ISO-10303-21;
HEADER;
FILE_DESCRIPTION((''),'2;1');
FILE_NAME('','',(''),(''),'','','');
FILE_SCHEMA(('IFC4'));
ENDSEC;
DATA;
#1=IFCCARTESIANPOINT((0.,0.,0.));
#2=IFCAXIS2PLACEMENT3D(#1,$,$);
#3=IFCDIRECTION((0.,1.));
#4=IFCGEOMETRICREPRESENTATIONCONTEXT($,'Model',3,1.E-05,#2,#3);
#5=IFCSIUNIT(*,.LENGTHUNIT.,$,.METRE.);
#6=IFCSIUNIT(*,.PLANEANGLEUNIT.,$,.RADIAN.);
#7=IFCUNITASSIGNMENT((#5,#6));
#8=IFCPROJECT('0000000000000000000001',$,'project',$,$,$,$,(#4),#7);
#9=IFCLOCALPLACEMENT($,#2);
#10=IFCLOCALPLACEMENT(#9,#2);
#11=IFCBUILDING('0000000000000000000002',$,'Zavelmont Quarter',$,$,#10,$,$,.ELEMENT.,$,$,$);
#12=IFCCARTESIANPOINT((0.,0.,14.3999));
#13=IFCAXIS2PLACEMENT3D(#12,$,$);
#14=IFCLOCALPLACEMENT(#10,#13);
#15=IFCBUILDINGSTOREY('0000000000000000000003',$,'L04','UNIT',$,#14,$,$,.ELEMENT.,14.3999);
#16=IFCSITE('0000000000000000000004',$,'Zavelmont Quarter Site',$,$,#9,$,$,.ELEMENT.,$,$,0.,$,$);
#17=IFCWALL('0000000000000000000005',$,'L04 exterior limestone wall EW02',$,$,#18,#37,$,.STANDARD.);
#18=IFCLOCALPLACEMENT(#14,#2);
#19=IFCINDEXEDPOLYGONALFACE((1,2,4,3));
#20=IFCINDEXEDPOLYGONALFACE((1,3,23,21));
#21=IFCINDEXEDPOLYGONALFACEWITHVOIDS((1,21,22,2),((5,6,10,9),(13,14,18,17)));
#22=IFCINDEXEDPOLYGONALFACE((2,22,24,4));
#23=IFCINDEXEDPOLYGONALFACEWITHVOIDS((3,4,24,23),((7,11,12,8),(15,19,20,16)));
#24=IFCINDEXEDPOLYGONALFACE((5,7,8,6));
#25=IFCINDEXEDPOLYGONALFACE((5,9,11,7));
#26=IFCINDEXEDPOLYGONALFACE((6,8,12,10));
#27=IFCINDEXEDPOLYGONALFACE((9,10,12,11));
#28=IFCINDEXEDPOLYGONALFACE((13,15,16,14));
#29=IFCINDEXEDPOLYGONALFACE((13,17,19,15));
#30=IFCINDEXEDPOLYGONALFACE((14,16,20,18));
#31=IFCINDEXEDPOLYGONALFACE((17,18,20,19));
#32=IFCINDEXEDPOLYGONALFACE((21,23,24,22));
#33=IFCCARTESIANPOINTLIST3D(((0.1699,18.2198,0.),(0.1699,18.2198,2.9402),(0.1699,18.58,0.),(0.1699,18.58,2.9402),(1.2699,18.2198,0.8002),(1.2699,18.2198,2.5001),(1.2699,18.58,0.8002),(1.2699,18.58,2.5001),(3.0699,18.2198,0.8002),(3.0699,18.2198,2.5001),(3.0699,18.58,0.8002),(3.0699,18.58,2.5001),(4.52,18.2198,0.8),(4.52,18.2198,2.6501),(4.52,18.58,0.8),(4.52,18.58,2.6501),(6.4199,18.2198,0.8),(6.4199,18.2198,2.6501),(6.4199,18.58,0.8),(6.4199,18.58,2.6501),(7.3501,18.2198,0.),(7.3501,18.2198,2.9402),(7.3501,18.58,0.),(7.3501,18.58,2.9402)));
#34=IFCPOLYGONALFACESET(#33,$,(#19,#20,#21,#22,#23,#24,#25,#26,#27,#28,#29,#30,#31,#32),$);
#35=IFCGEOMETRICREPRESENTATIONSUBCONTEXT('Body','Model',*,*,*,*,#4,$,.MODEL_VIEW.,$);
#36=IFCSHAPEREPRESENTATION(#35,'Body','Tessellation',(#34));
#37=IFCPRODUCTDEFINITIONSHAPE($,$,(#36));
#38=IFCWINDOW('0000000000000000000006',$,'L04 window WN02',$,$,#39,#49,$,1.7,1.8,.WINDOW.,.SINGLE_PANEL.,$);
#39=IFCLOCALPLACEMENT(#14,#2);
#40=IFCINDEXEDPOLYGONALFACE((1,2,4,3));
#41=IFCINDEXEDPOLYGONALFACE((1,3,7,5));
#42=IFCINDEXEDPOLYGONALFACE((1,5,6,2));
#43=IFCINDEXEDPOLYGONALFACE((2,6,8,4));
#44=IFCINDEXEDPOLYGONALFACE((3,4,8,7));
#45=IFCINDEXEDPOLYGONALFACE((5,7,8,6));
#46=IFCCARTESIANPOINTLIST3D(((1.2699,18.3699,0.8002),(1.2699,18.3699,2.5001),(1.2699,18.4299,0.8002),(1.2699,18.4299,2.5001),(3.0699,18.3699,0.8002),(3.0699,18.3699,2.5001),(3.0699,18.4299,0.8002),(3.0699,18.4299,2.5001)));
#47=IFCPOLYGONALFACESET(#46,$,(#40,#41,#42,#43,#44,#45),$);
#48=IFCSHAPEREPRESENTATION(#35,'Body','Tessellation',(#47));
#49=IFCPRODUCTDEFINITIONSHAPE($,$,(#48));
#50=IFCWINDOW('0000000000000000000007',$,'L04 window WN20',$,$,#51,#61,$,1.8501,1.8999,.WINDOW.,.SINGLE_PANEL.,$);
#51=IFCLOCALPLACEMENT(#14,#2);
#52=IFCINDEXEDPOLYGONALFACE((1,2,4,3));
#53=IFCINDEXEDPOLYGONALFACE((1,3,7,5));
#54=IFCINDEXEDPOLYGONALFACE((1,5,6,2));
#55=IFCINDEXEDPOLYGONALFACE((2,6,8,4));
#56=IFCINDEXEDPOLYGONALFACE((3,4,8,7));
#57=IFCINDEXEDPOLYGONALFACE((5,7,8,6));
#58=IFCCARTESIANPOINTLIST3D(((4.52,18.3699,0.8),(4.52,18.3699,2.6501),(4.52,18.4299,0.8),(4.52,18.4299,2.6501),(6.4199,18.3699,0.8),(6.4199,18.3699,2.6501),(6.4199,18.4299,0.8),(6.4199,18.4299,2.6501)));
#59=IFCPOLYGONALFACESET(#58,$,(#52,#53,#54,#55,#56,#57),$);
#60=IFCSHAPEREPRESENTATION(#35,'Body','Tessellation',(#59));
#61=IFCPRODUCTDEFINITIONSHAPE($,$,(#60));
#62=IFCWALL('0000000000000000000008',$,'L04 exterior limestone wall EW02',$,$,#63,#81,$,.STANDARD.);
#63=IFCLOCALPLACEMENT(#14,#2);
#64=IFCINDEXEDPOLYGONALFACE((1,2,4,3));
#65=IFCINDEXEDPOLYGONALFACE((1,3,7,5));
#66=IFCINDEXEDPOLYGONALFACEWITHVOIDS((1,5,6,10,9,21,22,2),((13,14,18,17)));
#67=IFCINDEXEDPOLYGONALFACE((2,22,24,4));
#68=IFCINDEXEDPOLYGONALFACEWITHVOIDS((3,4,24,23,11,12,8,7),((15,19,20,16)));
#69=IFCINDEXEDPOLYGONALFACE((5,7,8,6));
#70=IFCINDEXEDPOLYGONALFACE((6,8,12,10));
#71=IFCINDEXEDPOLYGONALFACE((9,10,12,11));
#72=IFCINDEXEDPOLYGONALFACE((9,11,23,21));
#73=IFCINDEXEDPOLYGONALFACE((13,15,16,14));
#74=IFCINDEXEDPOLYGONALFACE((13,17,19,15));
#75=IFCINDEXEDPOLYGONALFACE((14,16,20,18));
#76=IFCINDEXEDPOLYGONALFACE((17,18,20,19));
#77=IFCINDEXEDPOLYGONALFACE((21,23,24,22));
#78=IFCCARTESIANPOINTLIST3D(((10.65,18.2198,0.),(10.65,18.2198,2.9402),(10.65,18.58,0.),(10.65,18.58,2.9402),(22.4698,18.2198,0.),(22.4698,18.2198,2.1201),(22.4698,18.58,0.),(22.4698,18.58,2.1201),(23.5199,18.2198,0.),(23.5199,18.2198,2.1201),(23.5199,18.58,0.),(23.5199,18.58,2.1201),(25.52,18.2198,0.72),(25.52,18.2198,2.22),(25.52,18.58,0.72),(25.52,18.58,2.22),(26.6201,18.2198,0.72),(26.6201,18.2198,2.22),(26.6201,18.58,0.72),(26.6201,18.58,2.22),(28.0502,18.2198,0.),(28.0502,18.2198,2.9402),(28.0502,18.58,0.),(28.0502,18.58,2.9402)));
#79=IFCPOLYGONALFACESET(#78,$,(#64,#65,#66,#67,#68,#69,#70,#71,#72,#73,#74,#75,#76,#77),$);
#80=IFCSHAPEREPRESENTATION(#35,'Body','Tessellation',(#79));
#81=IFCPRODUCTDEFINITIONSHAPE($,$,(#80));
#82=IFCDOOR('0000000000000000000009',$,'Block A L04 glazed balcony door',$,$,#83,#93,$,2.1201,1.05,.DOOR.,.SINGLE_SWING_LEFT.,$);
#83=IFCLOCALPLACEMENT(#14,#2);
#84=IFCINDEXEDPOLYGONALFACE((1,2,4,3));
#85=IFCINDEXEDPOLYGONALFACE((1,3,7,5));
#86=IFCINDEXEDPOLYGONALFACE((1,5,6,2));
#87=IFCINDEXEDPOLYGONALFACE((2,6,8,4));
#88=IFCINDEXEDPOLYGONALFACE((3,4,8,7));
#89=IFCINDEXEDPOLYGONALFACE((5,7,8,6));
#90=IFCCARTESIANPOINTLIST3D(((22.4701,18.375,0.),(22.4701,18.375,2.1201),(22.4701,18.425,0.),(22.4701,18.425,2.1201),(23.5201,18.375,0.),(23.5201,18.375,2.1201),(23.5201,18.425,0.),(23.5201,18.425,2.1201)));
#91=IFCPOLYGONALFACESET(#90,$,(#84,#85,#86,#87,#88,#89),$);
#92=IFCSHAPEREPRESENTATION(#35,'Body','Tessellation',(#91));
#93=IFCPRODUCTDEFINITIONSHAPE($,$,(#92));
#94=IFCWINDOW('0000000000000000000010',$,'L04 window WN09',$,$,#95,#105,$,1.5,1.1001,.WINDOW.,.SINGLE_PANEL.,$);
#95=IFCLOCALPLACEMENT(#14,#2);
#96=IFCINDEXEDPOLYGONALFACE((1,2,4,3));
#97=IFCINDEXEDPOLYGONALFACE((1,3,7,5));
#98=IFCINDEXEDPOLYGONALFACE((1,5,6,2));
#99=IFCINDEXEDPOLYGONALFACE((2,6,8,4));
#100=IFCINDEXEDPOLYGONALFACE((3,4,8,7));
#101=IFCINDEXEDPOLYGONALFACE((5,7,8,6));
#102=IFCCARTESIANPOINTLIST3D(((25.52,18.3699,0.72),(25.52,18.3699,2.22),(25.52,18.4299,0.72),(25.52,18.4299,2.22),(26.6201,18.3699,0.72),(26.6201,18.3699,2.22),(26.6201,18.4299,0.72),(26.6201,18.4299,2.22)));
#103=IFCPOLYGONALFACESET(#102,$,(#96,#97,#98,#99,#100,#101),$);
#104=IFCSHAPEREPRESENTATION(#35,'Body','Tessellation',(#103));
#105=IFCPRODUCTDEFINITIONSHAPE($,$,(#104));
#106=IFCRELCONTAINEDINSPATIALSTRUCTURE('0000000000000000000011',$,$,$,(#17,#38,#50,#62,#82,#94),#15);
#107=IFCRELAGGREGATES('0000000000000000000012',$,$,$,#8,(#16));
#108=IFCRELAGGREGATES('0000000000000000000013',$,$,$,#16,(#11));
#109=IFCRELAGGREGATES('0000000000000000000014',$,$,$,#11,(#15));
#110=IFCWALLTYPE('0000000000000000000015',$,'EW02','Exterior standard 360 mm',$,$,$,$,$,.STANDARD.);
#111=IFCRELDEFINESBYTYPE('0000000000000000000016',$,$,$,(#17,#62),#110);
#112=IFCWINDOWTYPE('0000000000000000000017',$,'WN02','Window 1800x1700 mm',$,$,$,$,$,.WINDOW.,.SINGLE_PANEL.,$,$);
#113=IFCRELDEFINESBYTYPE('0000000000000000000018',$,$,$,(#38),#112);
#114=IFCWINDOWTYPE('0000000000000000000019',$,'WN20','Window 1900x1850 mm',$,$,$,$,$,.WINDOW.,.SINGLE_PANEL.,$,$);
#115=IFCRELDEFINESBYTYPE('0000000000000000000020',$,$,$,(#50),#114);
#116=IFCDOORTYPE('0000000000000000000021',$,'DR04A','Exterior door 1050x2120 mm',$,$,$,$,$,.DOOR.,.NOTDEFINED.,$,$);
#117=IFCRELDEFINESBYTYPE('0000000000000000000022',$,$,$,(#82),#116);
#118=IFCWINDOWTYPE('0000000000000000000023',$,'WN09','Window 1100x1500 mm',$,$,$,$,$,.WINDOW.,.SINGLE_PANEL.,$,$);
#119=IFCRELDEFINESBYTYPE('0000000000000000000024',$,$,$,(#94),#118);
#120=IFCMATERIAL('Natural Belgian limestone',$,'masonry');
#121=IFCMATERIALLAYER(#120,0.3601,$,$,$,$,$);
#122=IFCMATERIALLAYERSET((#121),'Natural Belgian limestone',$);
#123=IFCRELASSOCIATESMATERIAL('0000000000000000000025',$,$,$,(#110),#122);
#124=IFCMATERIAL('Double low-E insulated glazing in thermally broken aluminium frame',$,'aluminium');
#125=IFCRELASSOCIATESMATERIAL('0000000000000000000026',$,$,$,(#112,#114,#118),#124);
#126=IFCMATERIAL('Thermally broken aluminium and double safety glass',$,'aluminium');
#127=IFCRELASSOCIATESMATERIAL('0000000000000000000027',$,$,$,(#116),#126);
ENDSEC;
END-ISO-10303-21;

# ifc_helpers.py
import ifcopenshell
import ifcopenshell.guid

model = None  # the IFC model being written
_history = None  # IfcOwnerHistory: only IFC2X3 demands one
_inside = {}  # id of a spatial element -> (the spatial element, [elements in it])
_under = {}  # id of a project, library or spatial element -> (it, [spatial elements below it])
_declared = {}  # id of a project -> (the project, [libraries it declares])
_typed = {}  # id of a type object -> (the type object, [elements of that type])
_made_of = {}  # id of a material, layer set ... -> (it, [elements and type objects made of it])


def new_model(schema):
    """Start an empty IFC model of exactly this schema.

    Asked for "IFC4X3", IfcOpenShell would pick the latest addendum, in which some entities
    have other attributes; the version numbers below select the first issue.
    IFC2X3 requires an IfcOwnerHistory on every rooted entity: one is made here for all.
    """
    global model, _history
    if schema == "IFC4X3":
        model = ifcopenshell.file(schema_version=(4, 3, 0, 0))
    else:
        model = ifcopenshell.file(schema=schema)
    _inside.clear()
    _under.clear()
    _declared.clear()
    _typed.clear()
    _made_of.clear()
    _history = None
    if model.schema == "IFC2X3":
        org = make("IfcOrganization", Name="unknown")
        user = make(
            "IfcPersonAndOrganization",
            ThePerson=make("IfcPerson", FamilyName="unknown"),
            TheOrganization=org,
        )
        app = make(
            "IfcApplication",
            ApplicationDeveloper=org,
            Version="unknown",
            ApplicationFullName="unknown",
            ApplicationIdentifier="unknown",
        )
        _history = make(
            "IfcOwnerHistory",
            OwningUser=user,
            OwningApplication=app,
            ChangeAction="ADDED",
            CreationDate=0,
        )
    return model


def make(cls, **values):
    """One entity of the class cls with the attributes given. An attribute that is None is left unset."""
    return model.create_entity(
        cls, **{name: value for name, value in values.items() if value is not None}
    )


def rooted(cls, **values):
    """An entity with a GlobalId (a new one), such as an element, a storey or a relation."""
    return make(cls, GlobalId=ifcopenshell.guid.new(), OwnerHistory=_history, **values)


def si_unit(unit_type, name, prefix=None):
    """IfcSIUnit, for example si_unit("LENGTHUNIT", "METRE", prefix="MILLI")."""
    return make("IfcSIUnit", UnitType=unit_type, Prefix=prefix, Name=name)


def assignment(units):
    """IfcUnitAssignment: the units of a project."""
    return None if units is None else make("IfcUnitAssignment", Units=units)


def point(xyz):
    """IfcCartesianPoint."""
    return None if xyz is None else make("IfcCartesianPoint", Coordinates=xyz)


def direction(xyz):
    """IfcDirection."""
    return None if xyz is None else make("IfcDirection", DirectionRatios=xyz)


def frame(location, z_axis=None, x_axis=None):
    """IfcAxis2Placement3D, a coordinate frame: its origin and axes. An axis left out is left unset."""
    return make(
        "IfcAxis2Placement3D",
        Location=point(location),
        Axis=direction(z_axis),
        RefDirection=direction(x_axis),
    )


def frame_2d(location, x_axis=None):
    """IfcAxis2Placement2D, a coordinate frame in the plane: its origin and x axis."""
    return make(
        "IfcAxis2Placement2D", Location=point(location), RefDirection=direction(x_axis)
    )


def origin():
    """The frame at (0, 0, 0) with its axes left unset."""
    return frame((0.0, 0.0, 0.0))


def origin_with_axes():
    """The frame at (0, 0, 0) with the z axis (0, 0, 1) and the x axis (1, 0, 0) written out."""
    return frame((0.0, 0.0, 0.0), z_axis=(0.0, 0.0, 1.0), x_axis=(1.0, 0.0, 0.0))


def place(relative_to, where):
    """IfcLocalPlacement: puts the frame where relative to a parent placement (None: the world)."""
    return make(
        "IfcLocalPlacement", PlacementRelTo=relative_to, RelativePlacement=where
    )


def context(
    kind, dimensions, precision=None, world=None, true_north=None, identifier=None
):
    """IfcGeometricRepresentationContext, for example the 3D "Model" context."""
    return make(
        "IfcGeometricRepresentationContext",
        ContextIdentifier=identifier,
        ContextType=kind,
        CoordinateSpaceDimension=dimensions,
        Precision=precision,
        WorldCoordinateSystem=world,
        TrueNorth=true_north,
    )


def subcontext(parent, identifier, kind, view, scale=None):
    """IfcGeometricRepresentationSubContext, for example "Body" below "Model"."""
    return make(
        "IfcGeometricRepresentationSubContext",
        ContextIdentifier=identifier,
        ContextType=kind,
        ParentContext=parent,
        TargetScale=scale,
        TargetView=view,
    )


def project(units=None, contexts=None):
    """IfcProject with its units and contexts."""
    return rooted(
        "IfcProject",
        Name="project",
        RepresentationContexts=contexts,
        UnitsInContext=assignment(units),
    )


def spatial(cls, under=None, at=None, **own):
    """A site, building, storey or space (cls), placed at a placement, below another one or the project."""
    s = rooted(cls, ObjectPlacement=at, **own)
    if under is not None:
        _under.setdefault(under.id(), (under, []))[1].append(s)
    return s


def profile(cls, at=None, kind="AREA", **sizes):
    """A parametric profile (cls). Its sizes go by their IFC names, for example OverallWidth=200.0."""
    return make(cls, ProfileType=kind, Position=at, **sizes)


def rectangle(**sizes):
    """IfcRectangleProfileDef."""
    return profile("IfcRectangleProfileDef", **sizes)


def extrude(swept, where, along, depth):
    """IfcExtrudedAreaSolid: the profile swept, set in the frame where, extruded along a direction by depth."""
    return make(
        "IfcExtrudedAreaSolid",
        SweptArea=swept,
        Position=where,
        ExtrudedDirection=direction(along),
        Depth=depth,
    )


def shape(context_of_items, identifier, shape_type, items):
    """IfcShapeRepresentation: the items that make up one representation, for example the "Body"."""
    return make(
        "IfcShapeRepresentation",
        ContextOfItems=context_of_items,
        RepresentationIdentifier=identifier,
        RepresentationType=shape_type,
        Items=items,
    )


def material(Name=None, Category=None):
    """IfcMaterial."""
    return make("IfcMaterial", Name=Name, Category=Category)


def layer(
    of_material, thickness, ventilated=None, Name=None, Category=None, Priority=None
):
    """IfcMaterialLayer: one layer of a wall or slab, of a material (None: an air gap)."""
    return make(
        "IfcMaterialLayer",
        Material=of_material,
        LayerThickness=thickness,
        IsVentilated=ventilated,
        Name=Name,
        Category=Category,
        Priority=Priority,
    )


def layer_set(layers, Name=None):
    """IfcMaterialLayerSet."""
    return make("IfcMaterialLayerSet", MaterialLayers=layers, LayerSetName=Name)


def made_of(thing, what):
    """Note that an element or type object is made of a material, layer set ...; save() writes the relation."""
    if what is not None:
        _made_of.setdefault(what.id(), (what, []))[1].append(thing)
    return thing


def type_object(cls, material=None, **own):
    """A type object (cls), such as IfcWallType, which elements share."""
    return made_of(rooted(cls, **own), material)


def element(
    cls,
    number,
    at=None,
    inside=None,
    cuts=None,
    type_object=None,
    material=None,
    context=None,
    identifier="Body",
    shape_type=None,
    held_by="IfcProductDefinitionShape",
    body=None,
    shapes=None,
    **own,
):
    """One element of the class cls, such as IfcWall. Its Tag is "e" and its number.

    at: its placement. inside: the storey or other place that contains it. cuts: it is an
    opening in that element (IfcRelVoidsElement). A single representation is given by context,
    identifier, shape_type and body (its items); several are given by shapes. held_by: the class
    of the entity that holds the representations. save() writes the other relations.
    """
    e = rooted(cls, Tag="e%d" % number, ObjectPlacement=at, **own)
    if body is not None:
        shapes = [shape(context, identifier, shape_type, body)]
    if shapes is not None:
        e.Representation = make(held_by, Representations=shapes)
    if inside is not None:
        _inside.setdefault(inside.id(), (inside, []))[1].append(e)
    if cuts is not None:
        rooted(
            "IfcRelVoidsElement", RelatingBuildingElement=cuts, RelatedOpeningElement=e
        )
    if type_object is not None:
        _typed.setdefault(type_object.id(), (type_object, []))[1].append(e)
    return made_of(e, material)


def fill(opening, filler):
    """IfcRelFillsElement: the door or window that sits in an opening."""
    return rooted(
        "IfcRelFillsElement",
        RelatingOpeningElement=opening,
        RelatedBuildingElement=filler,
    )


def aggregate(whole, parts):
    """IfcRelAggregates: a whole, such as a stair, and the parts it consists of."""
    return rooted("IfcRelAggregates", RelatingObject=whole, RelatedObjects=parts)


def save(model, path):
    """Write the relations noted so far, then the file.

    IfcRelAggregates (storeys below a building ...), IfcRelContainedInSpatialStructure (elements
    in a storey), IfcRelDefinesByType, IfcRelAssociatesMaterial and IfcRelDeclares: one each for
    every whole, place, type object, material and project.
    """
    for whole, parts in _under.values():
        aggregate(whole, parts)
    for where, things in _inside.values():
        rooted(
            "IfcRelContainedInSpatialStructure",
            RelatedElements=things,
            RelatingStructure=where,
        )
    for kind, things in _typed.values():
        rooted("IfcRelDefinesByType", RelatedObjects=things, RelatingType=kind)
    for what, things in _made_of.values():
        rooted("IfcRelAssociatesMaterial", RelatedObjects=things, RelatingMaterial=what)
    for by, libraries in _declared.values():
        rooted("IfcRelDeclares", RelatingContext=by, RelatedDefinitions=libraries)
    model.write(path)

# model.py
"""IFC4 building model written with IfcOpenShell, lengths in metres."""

from ifc_helpers import new_model, si_unit, direction, frame, frame_2d, origin, origin_with_axes, place, context, subcontext, project, spatial, rectangle, extrude, material, layer, layer_set, type_object, element, fill, save


model = new_model("IFC4")

# Units and contexts
model_context = context("Model", 3, precision=1e-05, world=origin(), true_north=direction((0.0, 1.0)))
body_context = subcontext(model_context, "Body", "Model", "MODEL_VIEW")
ifc_project = project(units=[si_unit("LENGTHUNIT", "METRE"), si_unit("PLANEANGLEUNIT", "RADIAN")], contexts=[model_context])

# Site, building, storey
site_placement = place(None, origin())
site = spatial("IfcSite", under=ifc_project, at=site_placement, Name="Zavelmont Quarter Site", CompositionType="ELEMENT", RefElevation=0.0)
building_placement = place(site_placement, origin())
building = spatial("IfcBuilding", under=site, at=building_placement, Name="Zavelmont Quarter", CompositionType="ELEMENT")
storey_placement = place(building_placement, frame((0.0, 0.0, 14.3999)))
storey = spatial("IfcBuildingStorey", under=building, at=storey_placement, Name="L04", Description="UNIT", CompositionType="ELEMENT", Elevation=14.3999)

# Wall, openings, windows
ifc_material_1 = material(Name="Natural Belgian limestone", Category="masonry")
ifc_layer_1 = layer(ifc_material_1, 0.3601)
ifc_layer_set_1 = layer_set([ifc_layer_1], Name="Natural Belgian limestone")
wall_type_1 = type_object("IfcWallType", Name="EW02", Description="Exterior standard 360 mm", PredefinedType="STANDARD", material=ifc_layer_set_1)
wall_1_placement = place(storey_placement, frame((0.1699, 18.3999, 0.0), z_axis=(0.0, 0.0, 1.0), x_axis=(1.0, 0.0, 0.0)))
wall_1 = element("IfcWall", 1, at=wall_1_placement, inside=storey, type_object=wall_type_1, Name="L04 exterior limestone wall EW02", PredefinedType="STANDARD", context=body_context, shape_type="SweptSolid", body=[
    extrude(rectangle(XDim=7.1802, YDim=0.3601, at=frame_2d((3.5901, 0.0))), origin(), (0.0, 0.0, 1.0), 2.9402),
])
opening_1_placement = place(wall_1_placement, frame((1.1001, 0.0, 0.8)))
opening_1 = element("IfcOpeningElement", 2, at=opening_1_placement, cuts=wall_1, PredefinedType="OPENING", context=body_context, shape_type="SweptSolid", body=[
    extrude(rectangle(XDim=1.8, YDim=1.7, at=frame_2d((0.8999, 0.8501))), frame((0.0, 0.1919, 0.0), z_axis=(0.0, -1.0, 0.0), x_axis=(1.0, 0.0, 0.0)), (0.0, 0.0, 1.0), 0.384),
])
opening_2_placement = place(wall_1_placement, frame((4.3501, 0.0, 0.8)))
opening_2 = element("IfcOpeningElement", 3, at=opening_2_placement, cuts=wall_1, PredefinedType="OPENING", context=body_context, shape_type="SweptSolid", body=[
    extrude(rectangle(XDim=1.8999, YDim=1.8501, at=frame_2d((0.95, 0.925))), frame((0.0, 0.1919, 0.0), z_axis=(0.0, -1.0, 0.0), x_axis=(1.0, 0.0, 0.0)), (0.0, 0.0, 1.0), 0.384),
])
ifc_material_2 = material(Name="Double low-E insulated glazing in thermally broken aluminium frame", Category="aluminium")
window_type_1 = type_object("IfcWindowType", Name="WN02", Description="Window 1800x1700 mm", PartitioningType="SINGLE_PANEL", PredefinedType="WINDOW", material=ifc_material_2)
window_1_placement = place(opening_1_placement, origin_with_axes())
window_1 = element("IfcWindow", 4, at=window_1_placement, inside=storey, type_object=window_type_1, Name="L04 window WN02", OverallHeight=1.7, OverallWidth=1.8, PartitioningType="SINGLE_PANEL", PredefinedType="WINDOW", context=body_context, shape_type="SweptSolid", body=[
    extrude(rectangle(XDim=1.8, YDim=1.7, at=frame_2d((0.8999, 0.8501))), frame((0.0, 0.03, 0.0), z_axis=(0.0, -1.0, 0.0), x_axis=(1.0, 0.0, 0.0)), (0.0, 0.0, 1.0), 0.0601),
])
fill(opening_1, window_1)
window_type_2 = type_object("IfcWindowType", Name="WN20", Description="Window 1900x1850 mm", PartitioningType="SINGLE_PANEL", PredefinedType="WINDOW", material=ifc_material_2)
window_2_placement = place(opening_2_placement, origin_with_axes())
window_2 = element("IfcWindow", 5, at=window_2_placement, inside=storey, type_object=window_type_2, Name="L04 window WN20", OverallHeight=1.8501, OverallWidth=1.8999, PartitioningType="SINGLE_PANEL", PredefinedType="WINDOW", context=body_context, shape_type="SweptSolid", body=[
    extrude(rectangle(XDim=1.8999, YDim=1.8501, at=frame_2d((0.95, 0.925))), frame((0.0, 0.03, 0.0), z_axis=(0.0, -1.0, 0.0), x_axis=(1.0, 0.0, 0.0)), (0.0, 0.0, 1.0), 0.0601),
])
fill(opening_2, window_2)

# Wall, openings, door, window
wall_2_placement = place(storey_placement, frame((10.6499, 18.3999, 0.0), z_axis=(0.0, 0.0, 1.0), x_axis=(1.0, 0.0, 0.0)))
wall_2 = element("IfcWall", 6, at=wall_2_placement, inside=storey, type_object=wall_type_1, Name="L04 exterior limestone wall EW02", PredefinedType="STANDARD", context=body_context, shape_type="SweptSolid", body=[
    extrude(rectangle(XDim=17.4001, YDim=0.3601, at=frame_2d((8.7002, 0.0))), origin(), (0.0, 0.0, 1.0), 2.9402),
])
opening_3_placement = place(wall_2_placement, frame((11.8201, 0.0, 0.0)))
opening_3 = element("IfcOpeningElement", 7, at=opening_3_placement, cuts=wall_2, PredefinedType="OPENING", context=body_context, shape_type="SweptSolid", body=[
    extrude(rectangle(XDim=1.05, YDim=2.1201, at=frame_2d((0.5249, 1.0601))), frame((0.0, 0.1919, 0.0), z_axis=(0.0, -1.0, 0.0), x_axis=(1.0, 0.0, 0.0)), (0.0, 0.0, 1.0), 0.384),
])
opening_4_placement = place(wall_2_placement, frame((14.8701, 0.0, 0.72)))
opening_4 = element("IfcOpeningElement", 8, at=opening_4_placement, cuts=wall_2, PredefinedType="OPENING", context=body_context, shape_type="SweptSolid", body=[
    extrude(rectangle(XDim=1.1001, YDim=1.5, at=frame_2d((0.55, 0.75))), frame((0.0, 0.1919, 0.0), z_axis=(0.0, -1.0, 0.0), x_axis=(1.0, 0.0, 0.0)), (0.0, 0.0, 1.0), 0.384),
])
ifc_material_3 = material(Name="Thermally broken aluminium and double safety glass", Category="aluminium")
door_type = type_object("IfcDoorType", Name="DR04A", Description="Exterior door 1050x2120 mm", OperationType="NOTDEFINED", PredefinedType="DOOR", material=ifc_material_3)
door_1_placement = place(opening_3_placement, frame((1.05, 0.0, 0.0), z_axis=(0.0, 0.0, 1.0), x_axis=(-1.0, 0.0, 0.0)))
door_1 = element("IfcDoor", 9, at=door_1_placement, inside=storey, type_object=door_type, Name="Block A L04 glazed balcony door", OperationType="SINGLE_SWING_LEFT", OverallHeight=2.1201, OverallWidth=1.05, PredefinedType="DOOR", context=body_context, shape_type="SweptSolid", body=[
    extrude(rectangle(XDim=1.05, YDim=2.1201, at=frame_2d((0.5249, 1.0601))), frame((0.0, 0.0249, 0.0), z_axis=(0.0, -1.0, 0.0), x_axis=(1.0, 0.0, 0.0)), (0.0, 0.0, 1.0), 0.05),
])
fill(opening_3, door_1)
window_type_3 = type_object("IfcWindowType", Name="WN09", Description="Window 1100x1500 mm", PartitioningType="SINGLE_PANEL", PredefinedType="WINDOW", material=ifc_material_2)
window_3_placement = place(opening_4_placement, origin_with_axes())
window_3 = element("IfcWindow", 10, at=window_3_placement, inside=storey, type_object=window_type_3, Name="L04 window WN09", OverallHeight=1.5, OverallWidth=1.1001, PartitioningType="SINGLE_PANEL", PredefinedType="WINDOW", context=body_context, shape_type="SweptSolid", body=[
    extrude(rectangle(XDim=1.1001, YDim=1.5, at=frame_2d((0.55, 0.75))), frame((0.0, 0.03, 0.0), z_axis=(0.0, -1.0, 0.0), x_axis=(1.0, 0.0, 0.0)), (0.0, 0.0, 1.0), 0.0601),
])
fill(opening_4, window_3)

save(model, "model.ifc")
